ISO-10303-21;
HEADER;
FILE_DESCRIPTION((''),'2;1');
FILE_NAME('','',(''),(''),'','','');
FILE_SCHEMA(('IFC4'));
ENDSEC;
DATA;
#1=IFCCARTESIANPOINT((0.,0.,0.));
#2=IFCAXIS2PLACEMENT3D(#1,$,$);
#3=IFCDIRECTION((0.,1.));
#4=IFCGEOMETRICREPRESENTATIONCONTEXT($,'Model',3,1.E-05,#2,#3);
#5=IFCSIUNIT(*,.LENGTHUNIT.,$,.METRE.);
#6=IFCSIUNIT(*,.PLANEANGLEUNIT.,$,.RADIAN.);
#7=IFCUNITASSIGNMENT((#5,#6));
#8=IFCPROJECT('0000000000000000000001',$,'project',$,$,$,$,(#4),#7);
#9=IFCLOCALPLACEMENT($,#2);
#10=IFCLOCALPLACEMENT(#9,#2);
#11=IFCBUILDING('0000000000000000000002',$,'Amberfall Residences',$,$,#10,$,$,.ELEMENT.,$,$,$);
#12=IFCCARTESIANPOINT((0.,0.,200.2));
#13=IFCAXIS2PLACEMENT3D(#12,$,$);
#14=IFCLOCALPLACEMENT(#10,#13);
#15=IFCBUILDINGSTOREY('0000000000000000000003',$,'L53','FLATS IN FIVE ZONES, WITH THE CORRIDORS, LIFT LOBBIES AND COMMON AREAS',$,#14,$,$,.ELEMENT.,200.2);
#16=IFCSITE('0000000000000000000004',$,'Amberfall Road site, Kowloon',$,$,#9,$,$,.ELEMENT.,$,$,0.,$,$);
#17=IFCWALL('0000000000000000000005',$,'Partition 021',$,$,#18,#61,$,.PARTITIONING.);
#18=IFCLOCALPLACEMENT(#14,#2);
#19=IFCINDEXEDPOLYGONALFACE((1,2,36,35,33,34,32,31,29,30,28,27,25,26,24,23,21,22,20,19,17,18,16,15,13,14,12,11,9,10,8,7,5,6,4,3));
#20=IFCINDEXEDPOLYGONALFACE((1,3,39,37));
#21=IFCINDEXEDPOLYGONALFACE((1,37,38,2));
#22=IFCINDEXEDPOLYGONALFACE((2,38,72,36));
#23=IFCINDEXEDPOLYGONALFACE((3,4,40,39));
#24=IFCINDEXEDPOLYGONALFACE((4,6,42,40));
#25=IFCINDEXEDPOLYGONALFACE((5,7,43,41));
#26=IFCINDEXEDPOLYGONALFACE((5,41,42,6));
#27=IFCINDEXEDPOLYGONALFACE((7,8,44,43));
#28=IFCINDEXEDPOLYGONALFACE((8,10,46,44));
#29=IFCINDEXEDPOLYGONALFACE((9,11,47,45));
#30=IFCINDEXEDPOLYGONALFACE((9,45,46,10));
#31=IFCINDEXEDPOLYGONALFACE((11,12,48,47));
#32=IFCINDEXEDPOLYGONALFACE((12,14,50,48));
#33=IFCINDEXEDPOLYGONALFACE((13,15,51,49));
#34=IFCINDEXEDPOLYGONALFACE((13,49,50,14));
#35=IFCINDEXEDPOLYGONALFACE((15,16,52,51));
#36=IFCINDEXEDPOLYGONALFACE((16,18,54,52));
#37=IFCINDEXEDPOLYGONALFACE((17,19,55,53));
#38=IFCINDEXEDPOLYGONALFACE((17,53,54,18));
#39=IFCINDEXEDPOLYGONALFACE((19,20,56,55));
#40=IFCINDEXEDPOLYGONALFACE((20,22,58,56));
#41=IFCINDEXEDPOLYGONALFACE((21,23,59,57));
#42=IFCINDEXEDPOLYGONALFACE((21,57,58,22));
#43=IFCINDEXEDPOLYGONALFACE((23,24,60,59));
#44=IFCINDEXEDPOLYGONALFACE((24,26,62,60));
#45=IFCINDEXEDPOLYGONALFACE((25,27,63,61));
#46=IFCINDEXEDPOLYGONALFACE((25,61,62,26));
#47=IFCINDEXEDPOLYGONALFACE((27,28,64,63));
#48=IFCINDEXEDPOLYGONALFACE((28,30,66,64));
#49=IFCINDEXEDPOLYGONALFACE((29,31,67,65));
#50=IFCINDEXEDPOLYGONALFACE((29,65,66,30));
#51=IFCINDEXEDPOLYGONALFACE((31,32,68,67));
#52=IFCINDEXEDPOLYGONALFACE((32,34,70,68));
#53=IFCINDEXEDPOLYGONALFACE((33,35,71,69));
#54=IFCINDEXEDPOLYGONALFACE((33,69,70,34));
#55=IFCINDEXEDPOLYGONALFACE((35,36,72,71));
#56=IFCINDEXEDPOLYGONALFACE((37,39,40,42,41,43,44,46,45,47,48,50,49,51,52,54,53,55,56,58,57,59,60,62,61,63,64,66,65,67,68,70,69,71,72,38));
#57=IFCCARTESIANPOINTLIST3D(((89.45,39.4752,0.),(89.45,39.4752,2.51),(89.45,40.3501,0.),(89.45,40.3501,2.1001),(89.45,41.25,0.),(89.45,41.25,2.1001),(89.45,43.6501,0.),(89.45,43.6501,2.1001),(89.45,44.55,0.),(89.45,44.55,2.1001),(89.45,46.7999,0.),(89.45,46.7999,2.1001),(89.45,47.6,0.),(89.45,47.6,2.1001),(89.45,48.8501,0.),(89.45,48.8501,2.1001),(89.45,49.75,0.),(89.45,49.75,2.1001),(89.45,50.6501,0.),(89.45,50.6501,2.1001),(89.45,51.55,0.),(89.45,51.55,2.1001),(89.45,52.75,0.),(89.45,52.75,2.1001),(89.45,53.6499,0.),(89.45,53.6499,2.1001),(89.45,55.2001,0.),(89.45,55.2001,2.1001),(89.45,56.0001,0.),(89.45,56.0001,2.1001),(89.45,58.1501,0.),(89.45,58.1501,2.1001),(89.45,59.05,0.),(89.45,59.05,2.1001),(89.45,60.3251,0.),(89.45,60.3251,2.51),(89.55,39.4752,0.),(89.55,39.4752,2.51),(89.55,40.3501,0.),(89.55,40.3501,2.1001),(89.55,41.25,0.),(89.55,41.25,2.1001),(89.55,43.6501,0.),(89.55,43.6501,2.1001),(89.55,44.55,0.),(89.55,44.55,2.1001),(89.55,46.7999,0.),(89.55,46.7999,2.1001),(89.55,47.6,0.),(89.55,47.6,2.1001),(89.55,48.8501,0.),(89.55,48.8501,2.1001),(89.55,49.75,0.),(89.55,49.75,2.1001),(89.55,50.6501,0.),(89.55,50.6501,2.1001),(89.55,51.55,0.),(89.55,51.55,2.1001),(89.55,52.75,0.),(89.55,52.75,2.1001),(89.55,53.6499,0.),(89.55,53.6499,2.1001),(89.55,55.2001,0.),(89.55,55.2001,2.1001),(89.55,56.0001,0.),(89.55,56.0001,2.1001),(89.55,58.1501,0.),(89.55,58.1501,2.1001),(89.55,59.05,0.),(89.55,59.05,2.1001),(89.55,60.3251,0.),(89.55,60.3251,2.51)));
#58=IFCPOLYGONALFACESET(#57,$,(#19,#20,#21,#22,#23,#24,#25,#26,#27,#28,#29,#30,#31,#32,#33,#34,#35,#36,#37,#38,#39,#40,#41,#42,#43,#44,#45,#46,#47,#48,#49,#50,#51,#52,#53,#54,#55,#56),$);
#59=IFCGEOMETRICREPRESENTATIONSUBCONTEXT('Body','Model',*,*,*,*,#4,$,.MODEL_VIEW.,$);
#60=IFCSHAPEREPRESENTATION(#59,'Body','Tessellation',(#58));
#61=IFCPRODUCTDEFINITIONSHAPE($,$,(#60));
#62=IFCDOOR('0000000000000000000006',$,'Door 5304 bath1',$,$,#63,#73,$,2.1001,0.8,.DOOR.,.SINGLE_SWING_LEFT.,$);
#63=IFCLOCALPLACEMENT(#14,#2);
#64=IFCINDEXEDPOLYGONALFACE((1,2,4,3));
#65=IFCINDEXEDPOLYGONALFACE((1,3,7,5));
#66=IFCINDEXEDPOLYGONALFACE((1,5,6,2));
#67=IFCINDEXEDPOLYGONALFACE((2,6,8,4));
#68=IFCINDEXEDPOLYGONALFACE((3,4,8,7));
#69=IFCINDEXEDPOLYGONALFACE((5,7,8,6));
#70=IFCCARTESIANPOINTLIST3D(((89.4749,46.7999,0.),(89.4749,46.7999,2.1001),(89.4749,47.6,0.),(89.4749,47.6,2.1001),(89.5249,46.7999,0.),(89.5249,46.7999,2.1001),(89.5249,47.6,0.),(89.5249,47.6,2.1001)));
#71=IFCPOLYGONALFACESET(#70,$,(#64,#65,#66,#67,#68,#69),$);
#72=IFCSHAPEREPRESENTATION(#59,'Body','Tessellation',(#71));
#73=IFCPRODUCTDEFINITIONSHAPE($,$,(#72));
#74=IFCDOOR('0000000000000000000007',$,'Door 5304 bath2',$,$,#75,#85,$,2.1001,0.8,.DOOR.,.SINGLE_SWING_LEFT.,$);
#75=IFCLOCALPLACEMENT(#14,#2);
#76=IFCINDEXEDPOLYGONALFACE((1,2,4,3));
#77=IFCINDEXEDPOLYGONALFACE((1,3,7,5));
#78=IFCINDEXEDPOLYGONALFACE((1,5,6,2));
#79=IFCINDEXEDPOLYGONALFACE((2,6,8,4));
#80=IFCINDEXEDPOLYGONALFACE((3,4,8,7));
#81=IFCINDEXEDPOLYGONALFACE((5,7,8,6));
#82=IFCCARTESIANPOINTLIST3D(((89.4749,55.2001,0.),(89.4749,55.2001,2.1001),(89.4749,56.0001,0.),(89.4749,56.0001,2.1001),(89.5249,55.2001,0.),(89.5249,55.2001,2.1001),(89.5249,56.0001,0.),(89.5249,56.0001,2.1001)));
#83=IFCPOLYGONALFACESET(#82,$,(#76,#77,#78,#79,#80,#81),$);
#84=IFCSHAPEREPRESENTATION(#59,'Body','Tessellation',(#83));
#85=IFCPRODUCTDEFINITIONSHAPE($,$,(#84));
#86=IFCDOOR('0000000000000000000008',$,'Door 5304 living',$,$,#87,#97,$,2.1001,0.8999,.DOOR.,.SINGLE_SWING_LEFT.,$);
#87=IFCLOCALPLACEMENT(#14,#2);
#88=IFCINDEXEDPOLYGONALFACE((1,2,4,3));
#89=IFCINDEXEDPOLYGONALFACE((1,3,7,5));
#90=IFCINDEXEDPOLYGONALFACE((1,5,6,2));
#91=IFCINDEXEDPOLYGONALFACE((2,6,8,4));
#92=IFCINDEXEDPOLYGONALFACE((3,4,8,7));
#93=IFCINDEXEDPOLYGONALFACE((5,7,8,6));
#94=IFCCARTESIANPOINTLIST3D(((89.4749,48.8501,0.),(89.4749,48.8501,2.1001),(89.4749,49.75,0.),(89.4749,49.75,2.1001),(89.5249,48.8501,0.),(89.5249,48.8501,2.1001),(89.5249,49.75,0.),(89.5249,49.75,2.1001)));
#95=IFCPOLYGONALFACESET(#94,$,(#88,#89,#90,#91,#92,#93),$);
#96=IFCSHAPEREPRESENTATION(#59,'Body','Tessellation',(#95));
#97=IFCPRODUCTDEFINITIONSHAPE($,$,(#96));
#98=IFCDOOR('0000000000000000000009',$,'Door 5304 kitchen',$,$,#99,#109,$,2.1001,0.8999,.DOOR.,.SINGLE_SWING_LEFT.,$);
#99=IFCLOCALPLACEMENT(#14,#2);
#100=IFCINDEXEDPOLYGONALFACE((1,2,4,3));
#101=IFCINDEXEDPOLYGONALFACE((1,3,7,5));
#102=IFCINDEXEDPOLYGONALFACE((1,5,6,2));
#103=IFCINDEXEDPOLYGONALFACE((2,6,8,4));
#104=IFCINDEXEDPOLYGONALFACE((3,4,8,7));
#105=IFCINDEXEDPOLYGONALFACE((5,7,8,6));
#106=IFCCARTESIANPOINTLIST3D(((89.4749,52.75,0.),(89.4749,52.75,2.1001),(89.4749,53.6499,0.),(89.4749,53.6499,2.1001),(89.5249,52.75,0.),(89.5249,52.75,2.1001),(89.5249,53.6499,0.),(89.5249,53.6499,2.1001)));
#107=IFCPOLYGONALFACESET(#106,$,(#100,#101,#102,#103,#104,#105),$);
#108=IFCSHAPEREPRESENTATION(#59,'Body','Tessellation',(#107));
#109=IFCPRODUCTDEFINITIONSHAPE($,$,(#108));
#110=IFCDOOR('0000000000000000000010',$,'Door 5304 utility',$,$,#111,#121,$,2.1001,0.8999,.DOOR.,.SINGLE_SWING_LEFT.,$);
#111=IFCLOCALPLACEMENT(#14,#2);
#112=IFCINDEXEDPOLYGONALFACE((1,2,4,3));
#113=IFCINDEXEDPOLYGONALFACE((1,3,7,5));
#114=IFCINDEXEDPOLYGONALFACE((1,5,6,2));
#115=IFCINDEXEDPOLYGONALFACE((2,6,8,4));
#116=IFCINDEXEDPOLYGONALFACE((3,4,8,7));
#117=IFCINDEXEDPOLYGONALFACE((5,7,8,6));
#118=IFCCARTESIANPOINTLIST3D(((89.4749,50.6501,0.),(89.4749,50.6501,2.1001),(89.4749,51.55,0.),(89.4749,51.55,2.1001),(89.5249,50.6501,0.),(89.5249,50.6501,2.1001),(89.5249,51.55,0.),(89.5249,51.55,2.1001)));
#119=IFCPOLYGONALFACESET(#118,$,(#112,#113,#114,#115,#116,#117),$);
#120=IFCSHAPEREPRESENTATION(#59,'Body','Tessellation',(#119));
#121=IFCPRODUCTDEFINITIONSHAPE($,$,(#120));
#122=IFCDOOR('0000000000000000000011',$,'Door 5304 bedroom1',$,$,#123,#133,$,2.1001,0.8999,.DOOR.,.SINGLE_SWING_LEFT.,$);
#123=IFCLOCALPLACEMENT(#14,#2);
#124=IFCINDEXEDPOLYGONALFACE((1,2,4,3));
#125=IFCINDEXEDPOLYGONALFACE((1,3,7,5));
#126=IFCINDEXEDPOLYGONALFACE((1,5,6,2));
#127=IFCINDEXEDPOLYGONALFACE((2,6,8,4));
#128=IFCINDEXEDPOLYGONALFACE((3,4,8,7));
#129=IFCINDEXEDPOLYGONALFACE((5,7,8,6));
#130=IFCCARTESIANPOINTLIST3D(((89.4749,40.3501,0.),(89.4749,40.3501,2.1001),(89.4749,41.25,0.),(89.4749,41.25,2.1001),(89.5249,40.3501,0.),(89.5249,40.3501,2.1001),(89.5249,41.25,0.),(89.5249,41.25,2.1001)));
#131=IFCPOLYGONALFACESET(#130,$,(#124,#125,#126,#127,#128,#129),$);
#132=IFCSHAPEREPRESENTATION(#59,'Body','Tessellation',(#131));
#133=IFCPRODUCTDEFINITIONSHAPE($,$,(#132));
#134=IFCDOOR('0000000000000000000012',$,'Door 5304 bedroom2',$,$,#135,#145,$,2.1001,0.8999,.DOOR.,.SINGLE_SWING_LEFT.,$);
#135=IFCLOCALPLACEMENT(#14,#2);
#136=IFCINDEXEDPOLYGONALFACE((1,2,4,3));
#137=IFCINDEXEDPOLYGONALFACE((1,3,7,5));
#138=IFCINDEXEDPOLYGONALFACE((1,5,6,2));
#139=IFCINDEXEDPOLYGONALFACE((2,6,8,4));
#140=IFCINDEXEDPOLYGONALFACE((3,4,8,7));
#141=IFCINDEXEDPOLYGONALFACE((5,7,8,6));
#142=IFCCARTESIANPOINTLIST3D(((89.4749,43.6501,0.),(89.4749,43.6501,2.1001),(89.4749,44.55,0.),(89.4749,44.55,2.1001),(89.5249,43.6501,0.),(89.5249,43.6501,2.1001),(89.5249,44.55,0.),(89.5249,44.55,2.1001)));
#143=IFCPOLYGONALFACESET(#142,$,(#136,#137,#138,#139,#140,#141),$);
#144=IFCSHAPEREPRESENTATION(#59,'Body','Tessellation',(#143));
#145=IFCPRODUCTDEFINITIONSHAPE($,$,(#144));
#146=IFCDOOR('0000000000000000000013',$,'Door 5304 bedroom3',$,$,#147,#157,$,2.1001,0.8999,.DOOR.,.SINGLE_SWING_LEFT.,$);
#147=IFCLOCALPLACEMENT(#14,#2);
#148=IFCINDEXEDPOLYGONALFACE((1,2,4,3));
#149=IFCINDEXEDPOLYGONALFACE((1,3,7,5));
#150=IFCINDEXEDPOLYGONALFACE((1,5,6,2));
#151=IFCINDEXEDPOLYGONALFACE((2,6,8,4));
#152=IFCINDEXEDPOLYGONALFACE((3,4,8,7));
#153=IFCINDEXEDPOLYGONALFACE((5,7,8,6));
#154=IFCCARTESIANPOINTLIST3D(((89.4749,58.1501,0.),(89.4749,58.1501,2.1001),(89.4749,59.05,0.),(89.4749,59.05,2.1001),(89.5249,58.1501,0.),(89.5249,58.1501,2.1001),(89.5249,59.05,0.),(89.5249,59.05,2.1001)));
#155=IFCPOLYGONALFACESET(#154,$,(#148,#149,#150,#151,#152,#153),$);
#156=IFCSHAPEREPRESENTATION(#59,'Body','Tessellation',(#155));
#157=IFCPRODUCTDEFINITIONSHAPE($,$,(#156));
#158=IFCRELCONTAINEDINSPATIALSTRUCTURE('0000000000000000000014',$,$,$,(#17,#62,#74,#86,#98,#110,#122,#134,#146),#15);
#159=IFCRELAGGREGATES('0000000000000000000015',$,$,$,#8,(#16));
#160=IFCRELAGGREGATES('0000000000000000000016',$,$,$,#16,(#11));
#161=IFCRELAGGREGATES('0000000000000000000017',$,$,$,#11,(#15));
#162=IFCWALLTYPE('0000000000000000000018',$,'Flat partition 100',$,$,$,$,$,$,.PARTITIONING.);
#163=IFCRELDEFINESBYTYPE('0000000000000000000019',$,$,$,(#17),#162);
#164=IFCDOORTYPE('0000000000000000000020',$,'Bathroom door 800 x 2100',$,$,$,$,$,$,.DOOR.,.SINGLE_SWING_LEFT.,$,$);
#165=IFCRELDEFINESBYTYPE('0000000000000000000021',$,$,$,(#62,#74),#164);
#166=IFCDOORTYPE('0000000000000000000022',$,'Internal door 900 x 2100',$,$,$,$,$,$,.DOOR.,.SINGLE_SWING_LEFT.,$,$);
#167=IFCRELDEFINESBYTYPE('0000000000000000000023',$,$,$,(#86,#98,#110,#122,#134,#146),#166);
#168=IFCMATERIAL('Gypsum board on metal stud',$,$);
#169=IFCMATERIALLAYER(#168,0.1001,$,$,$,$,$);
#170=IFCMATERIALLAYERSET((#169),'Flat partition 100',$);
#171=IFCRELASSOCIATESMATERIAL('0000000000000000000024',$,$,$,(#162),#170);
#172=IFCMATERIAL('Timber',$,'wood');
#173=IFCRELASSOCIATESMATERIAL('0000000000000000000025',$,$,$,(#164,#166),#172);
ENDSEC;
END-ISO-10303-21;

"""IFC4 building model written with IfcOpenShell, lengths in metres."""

from ifc_helpers import new_model, si_unit, direction, frame, frame_2d, origin, place, context, subcontext, project, spatial, rectangle, extrude, material, layer, layer_set, type_object, element, fill, save


model = new_model("IFC4")

# Units and contexts
model_context = context("Model", 3, precision=1e-05, world=origin(), true_north=direction((0.0, 1.0)))
body_context = subcontext(model_context, "Body", "Model", "MODEL_VIEW")
ifc_project = project(units=[si_unit("LENGTHUNIT", "METRE"), si_unit("PLANEANGLEUNIT", "RADIAN")], contexts=[model_context])

# Site, building, storey
site_placement = place(None, origin())
site = spatial("IfcSite", under=ifc_project, at=site_placement, Name="Amberfall Road site, Kowloon", CompositionType="ELEMENT", RefElevation=0.0)
building_placement = place(site_placement, origin())
building = spatial("IfcBuilding", under=site, at=building_placement, Name="Amberfall Residences", CompositionType="ELEMENT")
storey_placement = place(building_placement, frame((0.0, 0.0, 200.2)))
storey = spatial("IfcBuildingStorey", under=building, at=storey_placement, Name="L53", Description="FLATS IN FIVE ZONES, WITH THE CORRIDORS, LIFT LOBBIES AND COMMON AREAS", CompositionType="ELEMENT", Elevation=200.2)

# Wall, openings, doors
ifc_material_1 = material(Name="Gypsum board on metal stud")
ifc_layer_1 = layer(ifc_material_1, 0.1001)
ifc_layer_set_1 = layer_set([ifc_layer_1], Name="Flat partition 100")
wall_type_1 = type_object("IfcWallType", Name="Flat partition 100", PredefinedType="PARTITIONING", material=ifc_layer_set_1)
wall_1_placement = place(storey_placement, frame((89.5, 60.325, 0.0), z_axis=(0.0, 0.0, 1.0), x_axis=(0.0, -1.0, 0.0)))
wall_1 = element("IfcWall", 1, at=wall_1_placement, inside=storey, type_object=wall_type_1, Name="Partition 021", PredefinedType="PARTITIONING", context=body_context, shape_type="SweptSolid", body=[
    extrude(rectangle(XDim=20.8499, YDim=0.1001, at=frame_2d((10.4248, 0.0))), origin(), (0.0, 0.0, 1.0), 2.51),
])
opening_1_placement = place(wall_1_placement, frame((10.575, 0.0, 0.0)))
opening_1 = element("IfcOpeningElement", 2, at=opening_1_placement, cuts=wall_1, PredefinedType="OPENING", context=body_context, shape_type="SweptSolid", body=[
    extrude(rectangle(XDim=0.8999, YDim=2.1001, at=frame_2d((0.45, 1.05))), frame((0.0, 0.0601, 0.0), z_axis=(0.0, -1.0, 0.0), x_axis=(1.0, 0.0, 0.0)), (0.0, 0.0, 1.0), 0.1201),
])
opening_2_placement = place(wall_1_placement, frame((6.675, 0.0, 0.0)))
opening_2 = element("IfcOpeningElement", 3, at=opening_2_placement, cuts=wall_1, PredefinedType="OPENING", context=body_context, shape_type="SweptSolid", body=[
    extrude(rectangle(XDim=0.8999, YDim=2.1001, at=frame_2d((0.45, 1.05))), frame((0.0, 0.0601, 0.0), z_axis=(0.0, -1.0, 0.0), x_axis=(1.0, 0.0, 0.0)), (0.0, 0.0, 1.0), 0.1201),
])
opening_3_placement = place(wall_1_placement, frame((8.7749, 0.0, 0.0)))
opening_3 = element("IfcOpeningElement", 4, at=opening_3_placement, cuts=wall_1, PredefinedType="OPENING", context=body_context, shape_type="SweptSolid", body=[
    extrude(rectangle(XDim=0.8999, YDim=2.1001, at=frame_2d((0.45, 1.05))), frame((0.0, 0.0601, 0.0), z_axis=(0.0, -1.0, 0.0), x_axis=(1.0, 0.0, 0.0)), (0.0, 0.0, 1.0), 0.1201),
])
opening_4_placement = place(wall_1_placement, frame((19.075, 0.0, 0.0)))
opening_4 = element("IfcOpeningElement", 5, at=opening_4_placement, cuts=wall_1, PredefinedType="OPENING", context=body_context, shape_type="SweptSolid", body=[
    extrude(rectangle(XDim=0.8999, YDim=2.1001, at=frame_2d((0.45, 1.05))), frame((0.0, 0.0601, 0.0), z_axis=(0.0, -1.0, 0.0), x_axis=(1.0, 0.0, 0.0)), (0.0, 0.0, 1.0), 0.1201),
])
opening_5_placement = place(wall_1_placement, frame((15.7749, 0.0, 0.0)))
opening_5 = element("IfcOpeningElement", 6, at=opening_5_placement, cuts=wall_1, PredefinedType="OPENING", context=body_context, shape_type="SweptSolid", body=[
    extrude(rectangle(XDim=0.8999, YDim=2.1001, at=frame_2d((0.45, 1.05))), frame((0.0, 0.0601, 0.0), z_axis=(0.0, -1.0, 0.0), x_axis=(1.0, 0.0, 0.0)), (0.0, 0.0, 1.0), 0.1201),
])
opening_6_placement = place(wall_1_placement, frame((1.2749, 0.0, 0.0)))
opening_6 = element("IfcOpeningElement", 7, at=opening_6_placement, cuts=wall_1, PredefinedType="OPENING", context=body_context, shape_type="SweptSolid", body=[
    extrude(rectangle(XDim=0.8999, YDim=2.1001, at=frame_2d((0.45, 1.05))), frame((0.0, 0.0601, 0.0), z_axis=(0.0, -1.0, 0.0), x_axis=(1.0, 0.0, 0.0)), (0.0, 0.0, 1.0), 0.1201),
])
opening_7_placement = place(wall_1_placement, frame((12.7251, 0.0, 0.0)))
opening_7 = element("IfcOpeningElement", 8, at=opening_7_placement, cuts=wall_1, PredefinedType="OPENING", context=body_context, shape_type="SweptSolid", body=[
    extrude(rectangle(XDim=0.8, YDim=2.1001, at=frame_2d((0.3999, 1.05))), frame((0.0, 0.0601, 0.0), z_axis=(0.0, -1.0, 0.0), x_axis=(1.0, 0.0, 0.0)), (0.0, 0.0, 1.0), 0.1201),
])
opening_8_placement = place(wall_1_placement, frame((4.325, 0.0, 0.0)))
opening_8 = element("IfcOpeningElement", 9, at=opening_8_placement, cuts=wall_1, PredefinedType="OPENING", context=body_context, shape_type="SweptSolid", body=[
    extrude(rectangle(XDim=0.8, YDim=2.1001, at=frame_2d((0.3999, 1.05))), frame((0.0, 0.0601, 0.0), z_axis=(0.0, -1.0, 0.0), x_axis=(1.0, 0.0, 0.0)), (0.0, 0.0, 1.0), 0.1201),
])
ifc_material_2 = material(Name="Timber", Category="wood")
door_type_1 = type_object("IfcDoorType", Name="Bathroom door 800 x 2100", OperationType="SINGLE_SWING_LEFT", PredefinedType="DOOR", material=ifc_material_2)
door_1_placement = place(opening_7_placement, origin())
door_1 = element("IfcDoor", 10, at=door_1_placement, inside=storey, type_object=door_type_1, Name="Door 5304 bath1", OperationType="SINGLE_SWING_LEFT", OverallHeight=2.1001, OverallWidth=0.8, PredefinedType="DOOR", context=body_context, shape_type="SweptSolid", body=[
    extrude(rectangle(XDim=0.8, YDim=2.1001, at=frame_2d((0.3999, 1.05))), frame((0.0, 0.0249, 0.0), z_axis=(0.0, -1.0, 0.0), x_axis=(1.0, 0.0, 0.0)), (0.0, 0.0, 1.0), 0.05),
])
fill(opening_7, door_1)
door_2_placement = place(opening_8_placement, origin())
door_2 = element("IfcDoor", 11, at=door_2_placement, inside=storey, type_object=door_type_1, Name="Door 5304 bath2", OperationType="SINGLE_SWING_LEFT", OverallHeight=2.1001, OverallWidth=0.8, PredefinedType="DOOR", context=body_context, shape_type="SweptSolid", body=[
    extrude(rectangle(XDim=0.8, YDim=2.1001, at=frame_2d((0.3999, 1.05))), frame((0.0, 0.0249, 0.0), z_axis=(0.0, -1.0, 0.0), x_axis=(1.0, 0.0, 0.0)), (0.0, 0.0, 1.0), 0.05),
])
fill(opening_8, door_2)
door_type_2 = type_object("IfcDoorType", Name="Internal door 900 x 2100", OperationType="SINGLE_SWING_LEFT", PredefinedType="DOOR", material=ifc_material_2)
door_3_placement = place(opening_1_placement, origin())
door_3 = element("IfcDoor", 12, at=door_3_placement, inside=storey, type_object=door_type_2, Name="Door 5304 living", OperationType="SINGLE_SWING_LEFT", OverallHeight=2.1001, OverallWidth=0.8999, PredefinedType="DOOR", context=body_context, shape_type="SweptSolid", body=[
    extrude(rectangle(XDim=0.8999, YDim=2.1001, at=frame_2d((0.45, 1.05))), frame((0.0, 0.0249, 0.0), z_axis=(0.0, -1.0, 0.0), x_axis=(1.0, 0.0, 0.0)), (0.0, 0.0, 1.0), 0.05),
])
fill(opening_1, door_3)
door_4_placement = place(opening_2_placement, origin())
door_4 = element("IfcDoor", 13, at=door_4_placement, inside=storey, type_object=door_type_2, Name="Door 5304 kitchen", OperationType="SINGLE_SWING_LEFT", OverallHeight=2.1001, OverallWidth=0.8999, PredefinedType="DOOR", context=body_context, shape_type="SweptSolid", body=[
    extrude(rectangle(XDim=0.8999, YDim=2.1001, at=frame_2d((0.45, 1.05))), frame((0.0, 0.0249, 0.0), z_axis=(0.0, -1.0, 0.0), x_axis=(1.0, 0.0, 0.0)), (0.0, 0.0, 1.0), 0.05),
])
fill(opening_2, door_4)
door_5_placement = place(opening_3_placement, origin())
door_5 = element("IfcDoor", 14, at=door_5_placement, inside=storey, type_object=door_type_2, Name="Door 5304 utility", OperationType="SINGLE_SWING_LEFT", OverallHeight=2.1001, OverallWidth=0.8999, PredefinedType="DOOR", context=body_context, shape_type="SweptSolid", body=[
    extrude(rectangle(XDim=0.8999, YDim=2.1001, at=frame_2d((0.45, 1.05))), frame((0.0, 0.0249, 0.0), z_axis=(0.0, -1.0, 0.0), x_axis=(1.0, 0.0, 0.0)), (0.0, 0.0, 1.0), 0.05),
])
fill(opening_3, door_5)
door_6_placement = place(opening_4_placement, origin())
door_6 = element("IfcDoor", 15, at=door_6_placement, inside=storey, type_object=door_type_2, Name="Door 5304 bedroom1", OperationType="SINGLE_SWING_LEFT", OverallHeight=2.1001, OverallWidth=0.8999, PredefinedType="DOOR", context=body_context, shape_type="SweptSolid", body=[
    extrude(rectangle(XDim=0.8999, YDim=2.1001, at=frame_2d((0.45, 1.05))), frame((0.0, 0.0249, 0.0), z_axis=(0.0, -1.0, 0.0), x_axis=(1.0, 0.0, 0.0)), (0.0, 0.0, 1.0), 0.05),
])
fill(opening_4, door_6)
door_7_placement = place(opening_5_placement, origin())
door_7 = element("IfcDoor", 16, at=door_7_placement, inside=storey, type_object=door_type_2, Name="Door 5304 bedroom2", OperationType="SINGLE_SWING_LEFT", OverallHeight=2.1001, OverallWidth=0.8999, PredefinedType="DOOR", context=body_context, shape_type="SweptSolid", body=[
    extrude(rectangle(XDim=0.8999, YDim=2.1001, at=frame_2d((0.45, 1.05))), frame((0.0, 0.0249, 0.0), z_axis=(0.0, -1.0, 0.0), x_axis=(1.0, 0.0, 0.0)), (0.0, 0.0, 1.0), 0.05),
])
fill(opening_5, door_7)
door_8_placement = place(opening_6_placement, origin())
door_8 = element("IfcDoor", 17, at=door_8_placement, inside=storey, type_object=door_type_2, Name="Door 5304 bedroom3", OperationType="SINGLE_SWING_LEFT", OverallHeight=2.1001, OverallWidth=0.8999, PredefinedType="DOOR", context=body_context, shape_type="SweptSolid", body=[
    extrude(rectangle(XDim=0.8999, YDim=2.1001, at=frame_2d((0.45, 1.05))), frame((0.0, 0.0249, 0.0), z_axis=(0.0, -1.0, 0.0), x_axis=(1.0, 0.0, 0.0)), (0.0, 0.0, 1.0), 0.05),
])
fill(opening_6, door_8)

save(model, "model.ifc")
